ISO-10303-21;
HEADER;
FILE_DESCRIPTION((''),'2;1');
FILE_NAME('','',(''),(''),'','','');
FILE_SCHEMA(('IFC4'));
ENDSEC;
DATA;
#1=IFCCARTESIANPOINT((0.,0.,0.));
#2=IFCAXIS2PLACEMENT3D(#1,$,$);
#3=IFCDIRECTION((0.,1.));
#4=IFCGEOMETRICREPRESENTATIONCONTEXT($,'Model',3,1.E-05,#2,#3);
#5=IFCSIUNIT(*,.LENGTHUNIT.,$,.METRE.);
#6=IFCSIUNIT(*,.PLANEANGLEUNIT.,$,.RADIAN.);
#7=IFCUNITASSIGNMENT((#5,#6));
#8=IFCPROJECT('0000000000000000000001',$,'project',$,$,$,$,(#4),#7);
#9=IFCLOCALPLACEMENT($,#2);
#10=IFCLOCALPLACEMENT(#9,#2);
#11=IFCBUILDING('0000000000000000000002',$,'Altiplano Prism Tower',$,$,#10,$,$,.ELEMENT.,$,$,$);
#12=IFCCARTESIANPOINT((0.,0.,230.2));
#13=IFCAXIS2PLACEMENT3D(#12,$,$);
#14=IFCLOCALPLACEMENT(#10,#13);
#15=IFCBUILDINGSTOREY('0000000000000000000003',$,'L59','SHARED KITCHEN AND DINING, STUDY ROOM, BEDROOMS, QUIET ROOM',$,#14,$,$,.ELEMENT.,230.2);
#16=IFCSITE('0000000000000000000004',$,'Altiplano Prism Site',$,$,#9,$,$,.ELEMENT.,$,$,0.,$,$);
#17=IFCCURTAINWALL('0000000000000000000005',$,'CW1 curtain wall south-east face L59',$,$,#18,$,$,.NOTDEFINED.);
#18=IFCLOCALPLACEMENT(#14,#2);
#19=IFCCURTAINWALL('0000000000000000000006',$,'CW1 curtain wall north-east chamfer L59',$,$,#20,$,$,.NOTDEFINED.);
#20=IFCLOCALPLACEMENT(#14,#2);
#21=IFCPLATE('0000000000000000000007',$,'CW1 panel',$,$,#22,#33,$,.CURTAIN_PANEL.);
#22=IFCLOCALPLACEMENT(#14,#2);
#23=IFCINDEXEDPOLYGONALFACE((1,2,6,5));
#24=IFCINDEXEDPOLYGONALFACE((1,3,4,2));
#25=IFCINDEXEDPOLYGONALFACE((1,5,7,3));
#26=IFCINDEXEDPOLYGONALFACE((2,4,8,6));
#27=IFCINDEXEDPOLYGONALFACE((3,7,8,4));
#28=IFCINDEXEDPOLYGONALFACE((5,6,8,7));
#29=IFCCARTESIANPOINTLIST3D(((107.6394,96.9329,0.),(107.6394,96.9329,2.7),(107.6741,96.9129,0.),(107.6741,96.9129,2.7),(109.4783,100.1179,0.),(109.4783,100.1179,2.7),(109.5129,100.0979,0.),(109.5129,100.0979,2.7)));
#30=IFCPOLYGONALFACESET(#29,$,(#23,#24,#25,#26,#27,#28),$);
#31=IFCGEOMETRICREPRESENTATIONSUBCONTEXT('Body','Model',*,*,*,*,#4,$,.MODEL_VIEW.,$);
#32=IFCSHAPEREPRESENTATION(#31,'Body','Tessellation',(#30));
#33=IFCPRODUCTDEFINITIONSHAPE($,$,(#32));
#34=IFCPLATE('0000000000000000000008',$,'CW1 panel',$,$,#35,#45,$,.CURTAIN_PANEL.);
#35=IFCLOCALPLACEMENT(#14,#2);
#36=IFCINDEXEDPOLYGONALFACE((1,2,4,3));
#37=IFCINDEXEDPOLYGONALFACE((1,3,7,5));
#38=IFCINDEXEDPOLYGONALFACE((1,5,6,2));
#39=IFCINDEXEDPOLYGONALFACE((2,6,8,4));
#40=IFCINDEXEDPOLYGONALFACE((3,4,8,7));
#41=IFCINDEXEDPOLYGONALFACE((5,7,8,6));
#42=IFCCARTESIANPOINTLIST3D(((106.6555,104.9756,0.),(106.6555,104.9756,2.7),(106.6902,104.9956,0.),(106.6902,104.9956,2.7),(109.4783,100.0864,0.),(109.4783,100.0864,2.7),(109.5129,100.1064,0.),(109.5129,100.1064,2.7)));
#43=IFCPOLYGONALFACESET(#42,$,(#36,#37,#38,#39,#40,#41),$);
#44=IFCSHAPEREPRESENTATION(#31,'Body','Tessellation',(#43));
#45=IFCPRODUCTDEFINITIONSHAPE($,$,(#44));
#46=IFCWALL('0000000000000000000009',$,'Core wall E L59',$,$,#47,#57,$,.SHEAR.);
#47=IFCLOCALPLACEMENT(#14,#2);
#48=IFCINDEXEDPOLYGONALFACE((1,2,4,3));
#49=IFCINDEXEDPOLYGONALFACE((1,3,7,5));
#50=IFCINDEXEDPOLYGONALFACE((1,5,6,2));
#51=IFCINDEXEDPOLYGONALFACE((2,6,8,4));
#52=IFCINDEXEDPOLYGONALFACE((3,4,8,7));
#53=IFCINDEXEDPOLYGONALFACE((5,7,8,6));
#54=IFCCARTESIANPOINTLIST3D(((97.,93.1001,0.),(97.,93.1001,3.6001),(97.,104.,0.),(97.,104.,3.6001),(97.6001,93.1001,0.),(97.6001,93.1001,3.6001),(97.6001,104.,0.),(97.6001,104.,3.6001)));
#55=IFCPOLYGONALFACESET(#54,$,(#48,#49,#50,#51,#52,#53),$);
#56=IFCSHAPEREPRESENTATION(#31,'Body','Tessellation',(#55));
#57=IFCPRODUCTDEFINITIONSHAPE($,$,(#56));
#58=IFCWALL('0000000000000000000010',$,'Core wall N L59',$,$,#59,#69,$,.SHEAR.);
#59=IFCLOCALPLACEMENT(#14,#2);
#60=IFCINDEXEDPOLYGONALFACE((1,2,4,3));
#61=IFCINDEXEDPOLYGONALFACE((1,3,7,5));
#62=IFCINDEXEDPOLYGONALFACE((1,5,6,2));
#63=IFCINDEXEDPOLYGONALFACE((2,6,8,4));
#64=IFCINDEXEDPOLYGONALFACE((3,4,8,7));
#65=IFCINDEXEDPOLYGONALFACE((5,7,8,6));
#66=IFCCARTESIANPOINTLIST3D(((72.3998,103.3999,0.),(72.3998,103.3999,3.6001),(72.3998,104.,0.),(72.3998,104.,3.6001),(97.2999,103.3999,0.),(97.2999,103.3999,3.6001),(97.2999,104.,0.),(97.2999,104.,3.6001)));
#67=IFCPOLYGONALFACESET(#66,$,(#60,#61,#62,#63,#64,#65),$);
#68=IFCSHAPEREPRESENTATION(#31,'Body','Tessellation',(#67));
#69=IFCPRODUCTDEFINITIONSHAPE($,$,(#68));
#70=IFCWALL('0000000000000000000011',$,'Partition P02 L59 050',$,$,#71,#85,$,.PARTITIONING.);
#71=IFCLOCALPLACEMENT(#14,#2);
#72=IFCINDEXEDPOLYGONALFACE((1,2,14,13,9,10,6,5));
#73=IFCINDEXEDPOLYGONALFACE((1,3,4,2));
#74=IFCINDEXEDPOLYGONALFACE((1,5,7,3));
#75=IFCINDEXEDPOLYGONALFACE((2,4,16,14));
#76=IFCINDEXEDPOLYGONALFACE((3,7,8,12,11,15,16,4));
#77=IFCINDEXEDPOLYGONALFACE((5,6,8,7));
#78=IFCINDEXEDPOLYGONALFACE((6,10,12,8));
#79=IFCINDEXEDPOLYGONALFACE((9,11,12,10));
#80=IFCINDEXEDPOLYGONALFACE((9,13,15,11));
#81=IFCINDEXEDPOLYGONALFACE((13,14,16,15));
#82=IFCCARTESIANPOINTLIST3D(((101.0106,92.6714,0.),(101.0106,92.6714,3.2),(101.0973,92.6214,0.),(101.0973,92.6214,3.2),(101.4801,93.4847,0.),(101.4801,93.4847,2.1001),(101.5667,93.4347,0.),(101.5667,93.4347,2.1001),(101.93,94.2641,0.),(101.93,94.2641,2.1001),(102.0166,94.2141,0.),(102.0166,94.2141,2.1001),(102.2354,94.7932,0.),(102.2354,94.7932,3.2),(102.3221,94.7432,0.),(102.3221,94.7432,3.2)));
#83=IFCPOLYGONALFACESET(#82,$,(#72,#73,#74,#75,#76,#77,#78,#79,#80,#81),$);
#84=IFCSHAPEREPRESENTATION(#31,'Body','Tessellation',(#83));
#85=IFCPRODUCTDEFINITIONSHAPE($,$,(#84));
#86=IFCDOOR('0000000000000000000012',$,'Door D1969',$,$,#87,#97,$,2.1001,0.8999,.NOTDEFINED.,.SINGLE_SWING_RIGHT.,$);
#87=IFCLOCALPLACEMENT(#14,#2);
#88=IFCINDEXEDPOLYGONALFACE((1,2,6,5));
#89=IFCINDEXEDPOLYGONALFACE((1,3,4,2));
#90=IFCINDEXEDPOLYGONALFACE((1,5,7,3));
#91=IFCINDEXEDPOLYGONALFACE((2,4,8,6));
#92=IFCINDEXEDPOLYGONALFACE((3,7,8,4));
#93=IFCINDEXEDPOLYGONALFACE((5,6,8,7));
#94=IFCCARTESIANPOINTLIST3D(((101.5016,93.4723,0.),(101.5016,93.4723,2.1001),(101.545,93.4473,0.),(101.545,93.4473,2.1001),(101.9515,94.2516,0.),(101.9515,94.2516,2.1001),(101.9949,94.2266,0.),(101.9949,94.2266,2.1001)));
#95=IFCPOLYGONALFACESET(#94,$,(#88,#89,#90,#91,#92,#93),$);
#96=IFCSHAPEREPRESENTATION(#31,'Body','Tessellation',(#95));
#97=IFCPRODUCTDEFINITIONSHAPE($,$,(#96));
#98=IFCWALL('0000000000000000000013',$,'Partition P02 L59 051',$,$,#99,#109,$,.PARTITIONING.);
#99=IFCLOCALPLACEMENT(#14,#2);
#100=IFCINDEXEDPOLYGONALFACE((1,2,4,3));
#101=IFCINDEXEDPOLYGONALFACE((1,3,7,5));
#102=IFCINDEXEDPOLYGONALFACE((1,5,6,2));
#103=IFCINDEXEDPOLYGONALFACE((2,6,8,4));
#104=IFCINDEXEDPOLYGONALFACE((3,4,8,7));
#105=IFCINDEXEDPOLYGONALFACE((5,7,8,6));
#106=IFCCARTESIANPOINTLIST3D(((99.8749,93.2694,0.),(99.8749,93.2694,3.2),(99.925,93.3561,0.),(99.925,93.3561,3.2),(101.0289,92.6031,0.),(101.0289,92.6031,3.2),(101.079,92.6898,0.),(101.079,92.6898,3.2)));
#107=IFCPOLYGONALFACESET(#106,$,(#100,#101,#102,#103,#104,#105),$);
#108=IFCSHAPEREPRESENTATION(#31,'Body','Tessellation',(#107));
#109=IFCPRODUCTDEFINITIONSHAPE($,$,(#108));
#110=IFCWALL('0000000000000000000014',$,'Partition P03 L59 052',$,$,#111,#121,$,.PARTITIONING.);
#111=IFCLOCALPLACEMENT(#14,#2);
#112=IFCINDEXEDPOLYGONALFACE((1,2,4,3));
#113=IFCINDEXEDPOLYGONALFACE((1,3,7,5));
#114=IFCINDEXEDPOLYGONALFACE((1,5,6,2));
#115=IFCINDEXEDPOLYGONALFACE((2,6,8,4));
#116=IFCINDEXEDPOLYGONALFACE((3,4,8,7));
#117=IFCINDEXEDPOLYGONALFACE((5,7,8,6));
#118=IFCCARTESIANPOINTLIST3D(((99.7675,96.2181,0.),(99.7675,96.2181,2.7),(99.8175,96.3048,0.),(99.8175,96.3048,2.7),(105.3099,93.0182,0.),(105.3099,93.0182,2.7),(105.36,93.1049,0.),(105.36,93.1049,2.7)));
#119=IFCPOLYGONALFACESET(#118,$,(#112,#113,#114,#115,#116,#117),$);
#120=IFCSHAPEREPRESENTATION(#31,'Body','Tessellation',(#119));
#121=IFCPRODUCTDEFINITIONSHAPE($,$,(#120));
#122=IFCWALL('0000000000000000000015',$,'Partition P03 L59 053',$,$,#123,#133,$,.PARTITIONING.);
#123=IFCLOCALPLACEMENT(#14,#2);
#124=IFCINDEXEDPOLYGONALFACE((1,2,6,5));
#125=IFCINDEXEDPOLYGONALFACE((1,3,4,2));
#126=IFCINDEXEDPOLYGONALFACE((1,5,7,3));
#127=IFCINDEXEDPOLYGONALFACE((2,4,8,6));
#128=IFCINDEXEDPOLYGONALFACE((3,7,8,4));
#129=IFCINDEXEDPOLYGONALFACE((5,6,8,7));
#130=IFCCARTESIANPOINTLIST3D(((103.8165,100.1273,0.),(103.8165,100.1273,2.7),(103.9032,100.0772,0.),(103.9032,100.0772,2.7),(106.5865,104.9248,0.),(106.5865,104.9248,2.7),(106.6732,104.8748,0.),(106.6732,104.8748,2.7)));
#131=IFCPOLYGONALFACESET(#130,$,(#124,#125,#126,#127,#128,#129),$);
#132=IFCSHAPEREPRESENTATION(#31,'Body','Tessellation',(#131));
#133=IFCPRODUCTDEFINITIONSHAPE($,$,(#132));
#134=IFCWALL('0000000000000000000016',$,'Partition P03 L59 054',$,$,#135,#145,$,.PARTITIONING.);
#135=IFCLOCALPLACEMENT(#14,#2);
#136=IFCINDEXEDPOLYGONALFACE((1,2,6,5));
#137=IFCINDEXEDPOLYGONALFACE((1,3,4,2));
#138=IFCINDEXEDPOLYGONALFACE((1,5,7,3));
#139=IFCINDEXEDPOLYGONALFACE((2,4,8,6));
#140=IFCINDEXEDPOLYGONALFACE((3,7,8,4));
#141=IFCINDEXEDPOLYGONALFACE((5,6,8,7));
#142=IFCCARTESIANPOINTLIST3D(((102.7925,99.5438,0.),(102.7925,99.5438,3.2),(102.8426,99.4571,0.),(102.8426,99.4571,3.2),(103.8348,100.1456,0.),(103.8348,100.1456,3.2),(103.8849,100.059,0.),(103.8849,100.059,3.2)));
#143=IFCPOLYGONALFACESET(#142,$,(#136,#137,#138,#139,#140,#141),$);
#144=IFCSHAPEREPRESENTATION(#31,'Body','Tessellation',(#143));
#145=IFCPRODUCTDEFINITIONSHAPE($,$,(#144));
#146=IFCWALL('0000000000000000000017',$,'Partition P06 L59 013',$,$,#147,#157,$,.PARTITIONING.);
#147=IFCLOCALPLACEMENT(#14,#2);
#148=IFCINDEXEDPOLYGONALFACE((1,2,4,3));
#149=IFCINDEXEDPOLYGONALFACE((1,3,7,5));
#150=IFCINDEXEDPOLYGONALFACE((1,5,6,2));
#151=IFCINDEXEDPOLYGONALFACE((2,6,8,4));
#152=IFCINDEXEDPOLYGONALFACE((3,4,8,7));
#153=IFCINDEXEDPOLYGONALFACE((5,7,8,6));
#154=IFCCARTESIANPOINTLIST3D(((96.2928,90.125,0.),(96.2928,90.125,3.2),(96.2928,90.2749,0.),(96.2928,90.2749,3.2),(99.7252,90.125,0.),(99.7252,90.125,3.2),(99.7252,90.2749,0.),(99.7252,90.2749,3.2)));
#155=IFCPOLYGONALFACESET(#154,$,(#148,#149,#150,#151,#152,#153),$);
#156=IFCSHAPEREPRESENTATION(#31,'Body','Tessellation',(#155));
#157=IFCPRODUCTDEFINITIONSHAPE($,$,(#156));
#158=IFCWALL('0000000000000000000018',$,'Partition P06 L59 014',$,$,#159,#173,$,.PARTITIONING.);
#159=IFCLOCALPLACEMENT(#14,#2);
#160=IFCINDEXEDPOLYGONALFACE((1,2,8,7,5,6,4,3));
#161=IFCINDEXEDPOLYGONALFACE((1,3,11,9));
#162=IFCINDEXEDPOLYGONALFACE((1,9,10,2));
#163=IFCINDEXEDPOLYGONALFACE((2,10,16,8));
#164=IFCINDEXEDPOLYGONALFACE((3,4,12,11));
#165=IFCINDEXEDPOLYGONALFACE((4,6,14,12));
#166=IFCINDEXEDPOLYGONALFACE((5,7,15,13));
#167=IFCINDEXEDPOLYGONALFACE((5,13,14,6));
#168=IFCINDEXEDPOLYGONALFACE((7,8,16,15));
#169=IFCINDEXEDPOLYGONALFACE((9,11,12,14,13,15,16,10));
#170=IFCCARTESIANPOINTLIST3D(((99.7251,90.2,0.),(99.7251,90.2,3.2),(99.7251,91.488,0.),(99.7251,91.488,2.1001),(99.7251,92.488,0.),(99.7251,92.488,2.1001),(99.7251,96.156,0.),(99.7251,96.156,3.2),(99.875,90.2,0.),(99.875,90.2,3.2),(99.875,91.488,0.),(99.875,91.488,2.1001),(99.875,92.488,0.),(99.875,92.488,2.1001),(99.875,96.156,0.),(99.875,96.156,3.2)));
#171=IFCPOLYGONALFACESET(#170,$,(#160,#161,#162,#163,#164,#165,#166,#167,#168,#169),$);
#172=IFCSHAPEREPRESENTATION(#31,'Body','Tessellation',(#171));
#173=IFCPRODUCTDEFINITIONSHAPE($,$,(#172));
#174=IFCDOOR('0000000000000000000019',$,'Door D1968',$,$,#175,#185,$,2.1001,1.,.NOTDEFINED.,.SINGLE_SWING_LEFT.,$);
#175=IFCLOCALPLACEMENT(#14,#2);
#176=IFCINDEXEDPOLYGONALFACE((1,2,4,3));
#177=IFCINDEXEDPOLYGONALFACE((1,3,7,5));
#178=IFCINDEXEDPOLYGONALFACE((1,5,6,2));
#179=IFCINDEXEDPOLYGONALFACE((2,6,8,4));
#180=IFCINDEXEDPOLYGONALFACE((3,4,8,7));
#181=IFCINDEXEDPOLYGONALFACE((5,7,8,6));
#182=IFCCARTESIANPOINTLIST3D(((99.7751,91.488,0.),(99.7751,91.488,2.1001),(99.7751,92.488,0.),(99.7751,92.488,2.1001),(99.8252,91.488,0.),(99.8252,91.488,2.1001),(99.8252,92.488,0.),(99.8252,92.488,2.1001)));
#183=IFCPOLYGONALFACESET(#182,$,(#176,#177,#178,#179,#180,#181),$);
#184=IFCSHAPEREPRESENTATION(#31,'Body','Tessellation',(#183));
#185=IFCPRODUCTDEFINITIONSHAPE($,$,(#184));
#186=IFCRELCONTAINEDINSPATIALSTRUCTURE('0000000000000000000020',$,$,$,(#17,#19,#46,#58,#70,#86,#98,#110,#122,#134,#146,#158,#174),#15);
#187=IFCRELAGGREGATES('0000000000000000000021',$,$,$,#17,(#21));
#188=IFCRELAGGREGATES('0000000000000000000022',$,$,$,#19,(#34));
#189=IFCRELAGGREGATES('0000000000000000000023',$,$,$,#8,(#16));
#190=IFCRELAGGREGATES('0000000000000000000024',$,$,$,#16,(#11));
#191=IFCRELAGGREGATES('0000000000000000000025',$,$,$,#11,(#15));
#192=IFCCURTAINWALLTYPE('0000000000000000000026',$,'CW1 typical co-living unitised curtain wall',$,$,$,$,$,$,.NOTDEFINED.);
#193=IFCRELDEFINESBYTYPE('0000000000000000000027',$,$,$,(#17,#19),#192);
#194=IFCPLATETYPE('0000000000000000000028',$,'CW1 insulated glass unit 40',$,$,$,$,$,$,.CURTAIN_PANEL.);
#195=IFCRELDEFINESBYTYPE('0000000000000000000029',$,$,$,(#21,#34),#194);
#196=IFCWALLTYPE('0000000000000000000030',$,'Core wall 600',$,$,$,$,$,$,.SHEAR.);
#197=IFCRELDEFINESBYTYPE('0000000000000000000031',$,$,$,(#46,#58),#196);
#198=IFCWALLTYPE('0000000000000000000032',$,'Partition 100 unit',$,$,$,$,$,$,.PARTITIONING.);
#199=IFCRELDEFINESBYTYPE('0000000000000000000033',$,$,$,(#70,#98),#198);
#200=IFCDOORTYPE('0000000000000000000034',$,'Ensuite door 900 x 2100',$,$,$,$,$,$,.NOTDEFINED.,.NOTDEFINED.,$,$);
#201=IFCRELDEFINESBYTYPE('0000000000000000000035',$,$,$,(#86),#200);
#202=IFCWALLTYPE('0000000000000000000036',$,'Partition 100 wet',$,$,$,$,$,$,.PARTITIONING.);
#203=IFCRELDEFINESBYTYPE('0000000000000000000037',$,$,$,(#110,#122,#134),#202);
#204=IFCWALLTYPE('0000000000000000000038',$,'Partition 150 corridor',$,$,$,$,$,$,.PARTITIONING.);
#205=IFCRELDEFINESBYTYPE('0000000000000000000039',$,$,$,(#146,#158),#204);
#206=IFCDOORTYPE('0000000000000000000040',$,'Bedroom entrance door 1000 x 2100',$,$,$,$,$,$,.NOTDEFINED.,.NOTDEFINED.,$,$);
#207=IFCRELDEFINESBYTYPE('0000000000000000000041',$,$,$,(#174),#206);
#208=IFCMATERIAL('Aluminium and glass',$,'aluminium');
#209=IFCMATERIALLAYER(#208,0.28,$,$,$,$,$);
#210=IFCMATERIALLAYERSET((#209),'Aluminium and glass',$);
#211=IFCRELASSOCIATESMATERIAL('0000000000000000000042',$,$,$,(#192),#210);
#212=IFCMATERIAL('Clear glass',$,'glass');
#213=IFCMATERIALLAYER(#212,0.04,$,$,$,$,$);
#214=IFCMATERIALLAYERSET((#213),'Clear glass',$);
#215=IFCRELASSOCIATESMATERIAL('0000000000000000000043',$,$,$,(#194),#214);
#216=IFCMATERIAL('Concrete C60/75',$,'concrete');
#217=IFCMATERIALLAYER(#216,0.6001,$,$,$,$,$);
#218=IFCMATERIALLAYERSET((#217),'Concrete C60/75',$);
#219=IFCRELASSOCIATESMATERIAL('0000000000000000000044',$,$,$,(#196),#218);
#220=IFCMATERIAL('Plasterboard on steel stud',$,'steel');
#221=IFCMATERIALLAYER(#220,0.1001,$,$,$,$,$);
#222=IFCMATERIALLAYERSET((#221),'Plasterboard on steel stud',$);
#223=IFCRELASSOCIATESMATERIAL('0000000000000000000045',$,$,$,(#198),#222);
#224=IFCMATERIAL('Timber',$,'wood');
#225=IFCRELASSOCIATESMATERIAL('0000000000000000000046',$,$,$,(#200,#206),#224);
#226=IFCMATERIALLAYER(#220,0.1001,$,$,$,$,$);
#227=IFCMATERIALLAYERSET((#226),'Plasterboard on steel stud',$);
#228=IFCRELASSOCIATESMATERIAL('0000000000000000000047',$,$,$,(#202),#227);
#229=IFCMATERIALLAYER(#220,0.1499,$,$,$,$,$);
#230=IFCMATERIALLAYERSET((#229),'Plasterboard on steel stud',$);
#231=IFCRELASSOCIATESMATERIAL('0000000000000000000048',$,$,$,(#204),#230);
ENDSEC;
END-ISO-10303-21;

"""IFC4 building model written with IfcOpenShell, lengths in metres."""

from ifc_helpers import new_model, si_unit, direction, frame, frame_2d, origin, origin_2d, place, context, subcontext, project, spatial, rectangle, extrude, material, layer, layer_set, type_object, element, fill, aggregate, save


model = new_model("IFC4")

# Units and contexts
model_context = context("Model", 3, precision=1e-05, world=origin(), true_north=direction((0.0, 1.0)))
body_context = subcontext(model_context, "Body", "Model", "MODEL_VIEW")
ifc_project = project(units=[si_unit("LENGTHUNIT", "METRE"), si_unit("PLANEANGLEUNIT", "RADIAN")], contexts=[model_context])

# Site, building, storey
site_placement = place(None, origin())
site = spatial("IfcSite", under=ifc_project, at=site_placement, Name="Altiplano Prism Site", CompositionType="ELEMENT", RefElevation=0.0)
building_placement = place(site_placement, origin())
building = spatial("IfcBuilding", under=site, at=building_placement, Name="Altiplano Prism Tower", CompositionType="ELEMENT")
storey_placement = place(building_placement, frame((0.0, 0.0, 230.2)))
storey = spatial("IfcBuildingStorey", under=building, at=storey_placement, Name="L59", Description="SHARED KITCHEN AND DINING, STUDY ROOM, BEDROOMS, QUIET ROOM", CompositionType="ELEMENT", Elevation=230.2)

# Shared definitions
ifc_material_1 = material(Name="Concrete C60/75", Category="concrete")

# Curtain wall
ifc_material_2 = material(Name="Aluminium and glass", Category="aluminium")
ifc_layer_1 = layer(ifc_material_2, 0.28)
ifc_layer_set_1 = layer_set([ifc_layer_1], Name="Aluminium and glass")
curtain_wall_type = type_object("IfcCurtainWallType", Name="CW1 typical co-living unitised curtain wall", PredefinedType="NOTDEFINED", material=ifc_layer_set_1)
curtain_wall_1_placement = place(storey_placement, origin())
curtain_wall_1 = element("IfcCurtainWall", 1, at=curtain_wall_1_placement, inside=storey, type_object=curtain_wall_type, Name="CW1 curtain wall south-east face L59", PredefinedType="NOTDEFINED")

# Curtain wall
curtain_wall_2_placement = place(storey_placement, origin())
curtain_wall_2 = element("IfcCurtainWall", 2, at=curtain_wall_2_placement, inside=storey, type_object=curtain_wall_type, Name="CW1 curtain wall north-east chamfer L59", PredefinedType="NOTDEFINED")

# Plates
ifc_material_3 = material(Name="Clear glass", Category="glass")
ifc_layer_2 = layer(ifc_material_3, 0.04)
ifc_layer_set_2 = layer_set([ifc_layer_2], Name="Clear glass")
plate_type = type_object("IfcPlateType", Name="CW1 insulated glass unit 40", PredefinedType="CURTAIN_PANEL", material=ifc_layer_set_2)
plate_1_placement = place(storey_placement, frame((108.5762, 98.5154, 0.0), z_axis=(0.0, 0.0, 1.0), x_axis=(0.5, 0.866025, 0.0)))
plate_1 = element("IfcPlate", 3, at=plate_1_placement, type_object=plate_type, Name="CW1 panel", PredefinedType="CURTAIN_PANEL", context=body_context, shape_type="SweptSolid", body=[
    extrude(rectangle(XDim=3.6777, YDim=0.04, at=origin_2d()), origin(), (0.0, 0.0, 1.0), 2.7),
])
aggregate(curtain_wall_1, [plate_1])
plate_2_placement = place(storey_placement, frame((108.0842, 102.541, 0.0), z_axis=(0.0, 0.0, 1.0), x_axis=(-0.5, 0.866025, 0.0)))
plate_2 = element("IfcPlate", 4, at=plate_2_placement, type_object=plate_type, Name="CW1 panel", PredefinedType="CURTAIN_PANEL", context=body_context, shape_type="SweptSolid", body=[
    extrude(rectangle(XDim=5.6455, YDim=0.04, at=origin_2d()), origin(), (0.0, 0.0, 1.0), 2.7),
])
aggregate(curtain_wall_2, [plate_2])

# Walls
ifc_layer_3 = layer(ifc_material_1, 0.6001)
ifc_layer_set_3 = layer_set([ifc_layer_3], Name="Concrete C60/75")
wall_type_1 = type_object("IfcWallType", Name="Core wall 600", PredefinedType="SHEAR", material=ifc_layer_set_3)
wall_1_placement = place(storey_placement, frame((97.3, 93.1001, 0.0), z_axis=(0.0, 0.0, 1.0), x_axis=(0.0, 1.0, 0.0)))
element("IfcWall", 5, at=wall_1_placement, inside=storey, type_object=wall_type_1, Name="Core wall E L59", PredefinedType="SHEAR", context=body_context, shape_type="SweptSolid", body=[
    extrude(rectangle(XDim=10.8999, YDim=0.6001, at=frame_2d((5.45, 0.0))), origin(), (0.0, 0.0, 1.0), 3.6001),
])
wall_2_placement = place(storey_placement, frame((97.3, 103.7, 0.0), z_axis=(0.0, 0.0, 1.0), x_axis=(-1.0, 0.0, 0.0)))
element("IfcWall", 6, at=wall_2_placement, inside=storey, type_object=wall_type_1, Name="Core wall N L59", PredefinedType="SHEAR", context=body_context, shape_type="SweptSolid", body=[
    extrude(rectangle(XDim=24.9001, YDim=0.6001, at=frame_2d((12.4502, 0.0))), origin(), (0.0, 0.0, 1.0), 3.6001),
])

# Wall, opening, door
ifc_material_4 = material(Name="Plasterboard on steel stud", Category="steel")
ifc_layer_4 = layer(ifc_material_4, 0.1001)
ifc_layer_set_4 = layer_set([ifc_layer_4], Name="Plasterboard on steel stud")
wall_type_2 = type_object("IfcWallType", Name="Partition 100 unit", PredefinedType="PARTITIONING", material=ifc_layer_set_4)
wall_3_placement = place(storey_placement, frame((102.2788, 94.7683, 0.0), z_axis=(0.0, 0.0, 1.0), x_axis=(-0.499944, -0.866058, 0.0)))
wall_3 = element("IfcWall", 7, at=wall_3_placement, inside=storey, type_object=wall_type_2, Name="Partition P02 L59 050", PredefinedType="PARTITIONING", context=body_context, shape_type="SweptSolid", body=[
    extrude(rectangle(XDim=2.45, YDim=0.1001, at=frame_2d((1.2251, 0.0))), origin(), (0.0, 0.0, 1.0), 3.2),
])
opening_1_placement = place(wall_3_placement, frame((0.6111, 0.0, 0.0)))
opening_1 = element("IfcOpeningElement", 8, at=opening_1_placement, cuts=wall_3, PredefinedType="OPENING", context=body_context, shape_type="SweptSolid", body=[
    extrude(rectangle(XDim=0.8999, YDim=2.1001, at=frame_2d((0.45, 1.05))), frame((0.0, 0.0605, 0.0), z_axis=(0.0, -1.0, 0.0), x_axis=(1.0, 0.0, 0.0)), (0.0, 0.0, 1.0), 0.1211),
])
ifc_material_5 = material(Name="Timber", Category="wood")
door_type_1 = type_object("IfcDoorType", Name="Ensuite door 900 x 2100", OperationType="NOTDEFINED", PredefinedType="NOTDEFINED", material=ifc_material_5)
door_1_placement = place(opening_1_placement, origin())
door_1 = element("IfcDoor", 9, at=door_1_placement, inside=storey, type_object=door_type_1, Name="Door D1969", OperationType="SINGLE_SWING_RIGHT", OverallHeight=2.1001, OverallWidth=0.8999, PredefinedType="NOTDEFINED", context=body_context, shape_type="SweptSolid", body=[
    extrude(rectangle(XDim=0.8999, YDim=2.1001, at=frame_2d((0.45, 1.05))), frame((0.0, 0.0249, 0.0), z_axis=(0.0, -1.0, 0.0), x_axis=(1.0, 0.0, 0.0)), (0.0, 0.0, 1.0), 0.05),
])
fill(opening_1, door_1)

# Walls
wall_4_placement = place(storey_placement, frame((101.054, 92.6465, 0.0), z_axis=(0.0, 0.0, 1.0), x_axis=(-0.866036, 0.499981, 0.0)))
element("IfcWall", 10, at=wall_4_placement, inside=storey, type_object=wall_type_2, Name="Partition P02 L59 051", PredefinedType="PARTITIONING", context=body_context, shape_type="SweptSolid", body=[
    extrude(rectangle(XDim=1.3325, YDim=0.1001, at=frame_2d((0.6663, 0.0))), origin(), (0.0, 0.0, 1.0), 3.2),
])
ifc_layer_5 = layer(ifc_material_4, 0.1001)
ifc_layer_set_5 = layer_set([ifc_layer_5], Name="Plasterboard on steel stud")
wall_type_3 = type_object("IfcWallType", Name="Partition 100 wet", PredefinedType="PARTITIONING", material=ifc_layer_set_5)
wall_5_placement = place(storey_placement, frame((105.335, 93.0615, 0.0), z_axis=(0.0, 0.0, 1.0), x_axis=(-0.866025, 0.5, 0.0)))
element("IfcWall", 11, at=wall_5_placement, inside=storey, type_object=wall_type_3, Name="Partition P03 L59 052", PredefinedType="PARTITIONING", context=body_context, shape_type="SweptSolid", body=[
    extrude(rectangle(XDim=6.3999, YDim=0.1001, at=frame_2d((3.2, 0.0))), origin(), (0.0, 0.0, 1.0), 2.7),
])
wall_6_placement = place(storey_placement, frame((106.6299, 104.8999, 0.0), z_axis=(0.0, 0.0, 1.0), x_axis=(-0.500016, -0.866016, 0.0)))
element("IfcWall", 12, at=wall_6_placement, inside=storey, type_object=wall_type_3, Name="Partition P03 L59 053", PredefinedType="PARTITIONING", context=body_context, shape_type="SweptSolid", body=[
    extrude(rectangle(XDim=5.5398, YDim=0.1001, at=frame_2d((2.77, 0.0))), origin(), (0.0, 0.0, 1.0), 2.7),
])
wall_7_placement = place(storey_placement, frame((103.8599, 100.1023, 0.0), z_axis=(0.0, 0.0, 1.0), x_axis=(-0.866, -0.500044, 0.0)))
element("IfcWall", 13, at=wall_7_placement, inside=storey, type_object=wall_type_3, Name="Partition P03 L59 054", PredefinedType="PARTITIONING", context=body_context, shape_type="SweptSolid", body=[
    extrude(rectangle(XDim=1.2036, YDim=0.1001, at=frame_2d((0.6018, 0.0))), origin(), (0.0, 0.0, 1.0), 3.2),
])
ifc_layer_6 = layer(ifc_material_4, 0.1499)
ifc_layer_set_6 = layer_set([ifc_layer_6], Name="Plasterboard on steel stud")
wall_type_4 = type_object("IfcWallType", Name="Partition 150 corridor", PredefinedType="PARTITIONING", material=ifc_layer_set_6)
wall_8_placement = place(storey_placement, frame((96.2927, 90.2, 0.0), z_axis=(0.0, 0.0, 1.0), x_axis=(1.0, 0.0, 0.0)))
element("IfcWall", 14, at=wall_8_placement, inside=storey, type_object=wall_type_4, Name="Partition P06 L59 013", PredefinedType="PARTITIONING", context=body_context, shape_type="SweptSolid", body=[
    extrude(rectangle(XDim=3.4324, YDim=0.1499, at=frame_2d((1.7163, 0.0))), origin(), (0.0, 0.0, 1.0), 3.2),
])

# Wall, opening, door
wall_9_placement = place(storey_placement, frame((99.8, 90.2, 0.0), z_axis=(0.0, 0.0, 1.0), x_axis=(0.0, 1.0, 0.0)))
wall_9 = element("IfcWall", 15, at=wall_9_placement, inside=storey, type_object=wall_type_4, Name="Partition P06 L59 014", PredefinedType="PARTITIONING", context=body_context, shape_type="SweptSolid", body=[
    extrude(rectangle(XDim=5.9561, YDim=0.1499, at=frame_2d((2.978, 0.0))), origin(), (0.0, 0.0, 1.0), 3.2),
])
opening_2_placement = place(wall_9_placement, frame((1.2881, 0.0, 0.0)))
opening_2 = element("IfcOpeningElement", 16, at=opening_2_placement, cuts=wall_9, PredefinedType="OPENING", context=body_context, shape_type="SweptSolid", body=[
    extrude(rectangle(XDim=1.0, YDim=2.1001, at=frame_2d((0.5, 1.05))), frame((0.0, 0.0854, 0.0), z_axis=(0.0, -1.0, 0.0), x_axis=(1.0, 0.0, 0.0)), (0.0, 0.0, 1.0), 0.1709),
])
door_type_2 = type_object("IfcDoorType", Name="Bedroom entrance door 1000 x 2100", OperationType="NOTDEFINED", PredefinedType="NOTDEFINED", material=ifc_material_5)
door_2_placement = place(opening_2_placement, origin())
door_2 = element("IfcDoor", 17, at=door_2_placement, inside=storey, type_object=door_type_2, Name="Door D1968", OperationType="SINGLE_SWING_LEFT", OverallHeight=2.1001, OverallWidth=1.0, PredefinedType="NOTDEFINED", context=body_context, shape_type="SweptSolid", body=[
    extrude(rectangle(XDim=1.0, YDim=2.1001, at=frame_2d((0.5, 1.05))), frame((0.0, 0.0249, 0.0), z_axis=(0.0, -1.0, 0.0), x_axis=(1.0, 0.0, 0.0)), (0.0, 0.0, 1.0), 0.05),
])
fill(opening_2, door_2)

save(model, "model.ifc")
